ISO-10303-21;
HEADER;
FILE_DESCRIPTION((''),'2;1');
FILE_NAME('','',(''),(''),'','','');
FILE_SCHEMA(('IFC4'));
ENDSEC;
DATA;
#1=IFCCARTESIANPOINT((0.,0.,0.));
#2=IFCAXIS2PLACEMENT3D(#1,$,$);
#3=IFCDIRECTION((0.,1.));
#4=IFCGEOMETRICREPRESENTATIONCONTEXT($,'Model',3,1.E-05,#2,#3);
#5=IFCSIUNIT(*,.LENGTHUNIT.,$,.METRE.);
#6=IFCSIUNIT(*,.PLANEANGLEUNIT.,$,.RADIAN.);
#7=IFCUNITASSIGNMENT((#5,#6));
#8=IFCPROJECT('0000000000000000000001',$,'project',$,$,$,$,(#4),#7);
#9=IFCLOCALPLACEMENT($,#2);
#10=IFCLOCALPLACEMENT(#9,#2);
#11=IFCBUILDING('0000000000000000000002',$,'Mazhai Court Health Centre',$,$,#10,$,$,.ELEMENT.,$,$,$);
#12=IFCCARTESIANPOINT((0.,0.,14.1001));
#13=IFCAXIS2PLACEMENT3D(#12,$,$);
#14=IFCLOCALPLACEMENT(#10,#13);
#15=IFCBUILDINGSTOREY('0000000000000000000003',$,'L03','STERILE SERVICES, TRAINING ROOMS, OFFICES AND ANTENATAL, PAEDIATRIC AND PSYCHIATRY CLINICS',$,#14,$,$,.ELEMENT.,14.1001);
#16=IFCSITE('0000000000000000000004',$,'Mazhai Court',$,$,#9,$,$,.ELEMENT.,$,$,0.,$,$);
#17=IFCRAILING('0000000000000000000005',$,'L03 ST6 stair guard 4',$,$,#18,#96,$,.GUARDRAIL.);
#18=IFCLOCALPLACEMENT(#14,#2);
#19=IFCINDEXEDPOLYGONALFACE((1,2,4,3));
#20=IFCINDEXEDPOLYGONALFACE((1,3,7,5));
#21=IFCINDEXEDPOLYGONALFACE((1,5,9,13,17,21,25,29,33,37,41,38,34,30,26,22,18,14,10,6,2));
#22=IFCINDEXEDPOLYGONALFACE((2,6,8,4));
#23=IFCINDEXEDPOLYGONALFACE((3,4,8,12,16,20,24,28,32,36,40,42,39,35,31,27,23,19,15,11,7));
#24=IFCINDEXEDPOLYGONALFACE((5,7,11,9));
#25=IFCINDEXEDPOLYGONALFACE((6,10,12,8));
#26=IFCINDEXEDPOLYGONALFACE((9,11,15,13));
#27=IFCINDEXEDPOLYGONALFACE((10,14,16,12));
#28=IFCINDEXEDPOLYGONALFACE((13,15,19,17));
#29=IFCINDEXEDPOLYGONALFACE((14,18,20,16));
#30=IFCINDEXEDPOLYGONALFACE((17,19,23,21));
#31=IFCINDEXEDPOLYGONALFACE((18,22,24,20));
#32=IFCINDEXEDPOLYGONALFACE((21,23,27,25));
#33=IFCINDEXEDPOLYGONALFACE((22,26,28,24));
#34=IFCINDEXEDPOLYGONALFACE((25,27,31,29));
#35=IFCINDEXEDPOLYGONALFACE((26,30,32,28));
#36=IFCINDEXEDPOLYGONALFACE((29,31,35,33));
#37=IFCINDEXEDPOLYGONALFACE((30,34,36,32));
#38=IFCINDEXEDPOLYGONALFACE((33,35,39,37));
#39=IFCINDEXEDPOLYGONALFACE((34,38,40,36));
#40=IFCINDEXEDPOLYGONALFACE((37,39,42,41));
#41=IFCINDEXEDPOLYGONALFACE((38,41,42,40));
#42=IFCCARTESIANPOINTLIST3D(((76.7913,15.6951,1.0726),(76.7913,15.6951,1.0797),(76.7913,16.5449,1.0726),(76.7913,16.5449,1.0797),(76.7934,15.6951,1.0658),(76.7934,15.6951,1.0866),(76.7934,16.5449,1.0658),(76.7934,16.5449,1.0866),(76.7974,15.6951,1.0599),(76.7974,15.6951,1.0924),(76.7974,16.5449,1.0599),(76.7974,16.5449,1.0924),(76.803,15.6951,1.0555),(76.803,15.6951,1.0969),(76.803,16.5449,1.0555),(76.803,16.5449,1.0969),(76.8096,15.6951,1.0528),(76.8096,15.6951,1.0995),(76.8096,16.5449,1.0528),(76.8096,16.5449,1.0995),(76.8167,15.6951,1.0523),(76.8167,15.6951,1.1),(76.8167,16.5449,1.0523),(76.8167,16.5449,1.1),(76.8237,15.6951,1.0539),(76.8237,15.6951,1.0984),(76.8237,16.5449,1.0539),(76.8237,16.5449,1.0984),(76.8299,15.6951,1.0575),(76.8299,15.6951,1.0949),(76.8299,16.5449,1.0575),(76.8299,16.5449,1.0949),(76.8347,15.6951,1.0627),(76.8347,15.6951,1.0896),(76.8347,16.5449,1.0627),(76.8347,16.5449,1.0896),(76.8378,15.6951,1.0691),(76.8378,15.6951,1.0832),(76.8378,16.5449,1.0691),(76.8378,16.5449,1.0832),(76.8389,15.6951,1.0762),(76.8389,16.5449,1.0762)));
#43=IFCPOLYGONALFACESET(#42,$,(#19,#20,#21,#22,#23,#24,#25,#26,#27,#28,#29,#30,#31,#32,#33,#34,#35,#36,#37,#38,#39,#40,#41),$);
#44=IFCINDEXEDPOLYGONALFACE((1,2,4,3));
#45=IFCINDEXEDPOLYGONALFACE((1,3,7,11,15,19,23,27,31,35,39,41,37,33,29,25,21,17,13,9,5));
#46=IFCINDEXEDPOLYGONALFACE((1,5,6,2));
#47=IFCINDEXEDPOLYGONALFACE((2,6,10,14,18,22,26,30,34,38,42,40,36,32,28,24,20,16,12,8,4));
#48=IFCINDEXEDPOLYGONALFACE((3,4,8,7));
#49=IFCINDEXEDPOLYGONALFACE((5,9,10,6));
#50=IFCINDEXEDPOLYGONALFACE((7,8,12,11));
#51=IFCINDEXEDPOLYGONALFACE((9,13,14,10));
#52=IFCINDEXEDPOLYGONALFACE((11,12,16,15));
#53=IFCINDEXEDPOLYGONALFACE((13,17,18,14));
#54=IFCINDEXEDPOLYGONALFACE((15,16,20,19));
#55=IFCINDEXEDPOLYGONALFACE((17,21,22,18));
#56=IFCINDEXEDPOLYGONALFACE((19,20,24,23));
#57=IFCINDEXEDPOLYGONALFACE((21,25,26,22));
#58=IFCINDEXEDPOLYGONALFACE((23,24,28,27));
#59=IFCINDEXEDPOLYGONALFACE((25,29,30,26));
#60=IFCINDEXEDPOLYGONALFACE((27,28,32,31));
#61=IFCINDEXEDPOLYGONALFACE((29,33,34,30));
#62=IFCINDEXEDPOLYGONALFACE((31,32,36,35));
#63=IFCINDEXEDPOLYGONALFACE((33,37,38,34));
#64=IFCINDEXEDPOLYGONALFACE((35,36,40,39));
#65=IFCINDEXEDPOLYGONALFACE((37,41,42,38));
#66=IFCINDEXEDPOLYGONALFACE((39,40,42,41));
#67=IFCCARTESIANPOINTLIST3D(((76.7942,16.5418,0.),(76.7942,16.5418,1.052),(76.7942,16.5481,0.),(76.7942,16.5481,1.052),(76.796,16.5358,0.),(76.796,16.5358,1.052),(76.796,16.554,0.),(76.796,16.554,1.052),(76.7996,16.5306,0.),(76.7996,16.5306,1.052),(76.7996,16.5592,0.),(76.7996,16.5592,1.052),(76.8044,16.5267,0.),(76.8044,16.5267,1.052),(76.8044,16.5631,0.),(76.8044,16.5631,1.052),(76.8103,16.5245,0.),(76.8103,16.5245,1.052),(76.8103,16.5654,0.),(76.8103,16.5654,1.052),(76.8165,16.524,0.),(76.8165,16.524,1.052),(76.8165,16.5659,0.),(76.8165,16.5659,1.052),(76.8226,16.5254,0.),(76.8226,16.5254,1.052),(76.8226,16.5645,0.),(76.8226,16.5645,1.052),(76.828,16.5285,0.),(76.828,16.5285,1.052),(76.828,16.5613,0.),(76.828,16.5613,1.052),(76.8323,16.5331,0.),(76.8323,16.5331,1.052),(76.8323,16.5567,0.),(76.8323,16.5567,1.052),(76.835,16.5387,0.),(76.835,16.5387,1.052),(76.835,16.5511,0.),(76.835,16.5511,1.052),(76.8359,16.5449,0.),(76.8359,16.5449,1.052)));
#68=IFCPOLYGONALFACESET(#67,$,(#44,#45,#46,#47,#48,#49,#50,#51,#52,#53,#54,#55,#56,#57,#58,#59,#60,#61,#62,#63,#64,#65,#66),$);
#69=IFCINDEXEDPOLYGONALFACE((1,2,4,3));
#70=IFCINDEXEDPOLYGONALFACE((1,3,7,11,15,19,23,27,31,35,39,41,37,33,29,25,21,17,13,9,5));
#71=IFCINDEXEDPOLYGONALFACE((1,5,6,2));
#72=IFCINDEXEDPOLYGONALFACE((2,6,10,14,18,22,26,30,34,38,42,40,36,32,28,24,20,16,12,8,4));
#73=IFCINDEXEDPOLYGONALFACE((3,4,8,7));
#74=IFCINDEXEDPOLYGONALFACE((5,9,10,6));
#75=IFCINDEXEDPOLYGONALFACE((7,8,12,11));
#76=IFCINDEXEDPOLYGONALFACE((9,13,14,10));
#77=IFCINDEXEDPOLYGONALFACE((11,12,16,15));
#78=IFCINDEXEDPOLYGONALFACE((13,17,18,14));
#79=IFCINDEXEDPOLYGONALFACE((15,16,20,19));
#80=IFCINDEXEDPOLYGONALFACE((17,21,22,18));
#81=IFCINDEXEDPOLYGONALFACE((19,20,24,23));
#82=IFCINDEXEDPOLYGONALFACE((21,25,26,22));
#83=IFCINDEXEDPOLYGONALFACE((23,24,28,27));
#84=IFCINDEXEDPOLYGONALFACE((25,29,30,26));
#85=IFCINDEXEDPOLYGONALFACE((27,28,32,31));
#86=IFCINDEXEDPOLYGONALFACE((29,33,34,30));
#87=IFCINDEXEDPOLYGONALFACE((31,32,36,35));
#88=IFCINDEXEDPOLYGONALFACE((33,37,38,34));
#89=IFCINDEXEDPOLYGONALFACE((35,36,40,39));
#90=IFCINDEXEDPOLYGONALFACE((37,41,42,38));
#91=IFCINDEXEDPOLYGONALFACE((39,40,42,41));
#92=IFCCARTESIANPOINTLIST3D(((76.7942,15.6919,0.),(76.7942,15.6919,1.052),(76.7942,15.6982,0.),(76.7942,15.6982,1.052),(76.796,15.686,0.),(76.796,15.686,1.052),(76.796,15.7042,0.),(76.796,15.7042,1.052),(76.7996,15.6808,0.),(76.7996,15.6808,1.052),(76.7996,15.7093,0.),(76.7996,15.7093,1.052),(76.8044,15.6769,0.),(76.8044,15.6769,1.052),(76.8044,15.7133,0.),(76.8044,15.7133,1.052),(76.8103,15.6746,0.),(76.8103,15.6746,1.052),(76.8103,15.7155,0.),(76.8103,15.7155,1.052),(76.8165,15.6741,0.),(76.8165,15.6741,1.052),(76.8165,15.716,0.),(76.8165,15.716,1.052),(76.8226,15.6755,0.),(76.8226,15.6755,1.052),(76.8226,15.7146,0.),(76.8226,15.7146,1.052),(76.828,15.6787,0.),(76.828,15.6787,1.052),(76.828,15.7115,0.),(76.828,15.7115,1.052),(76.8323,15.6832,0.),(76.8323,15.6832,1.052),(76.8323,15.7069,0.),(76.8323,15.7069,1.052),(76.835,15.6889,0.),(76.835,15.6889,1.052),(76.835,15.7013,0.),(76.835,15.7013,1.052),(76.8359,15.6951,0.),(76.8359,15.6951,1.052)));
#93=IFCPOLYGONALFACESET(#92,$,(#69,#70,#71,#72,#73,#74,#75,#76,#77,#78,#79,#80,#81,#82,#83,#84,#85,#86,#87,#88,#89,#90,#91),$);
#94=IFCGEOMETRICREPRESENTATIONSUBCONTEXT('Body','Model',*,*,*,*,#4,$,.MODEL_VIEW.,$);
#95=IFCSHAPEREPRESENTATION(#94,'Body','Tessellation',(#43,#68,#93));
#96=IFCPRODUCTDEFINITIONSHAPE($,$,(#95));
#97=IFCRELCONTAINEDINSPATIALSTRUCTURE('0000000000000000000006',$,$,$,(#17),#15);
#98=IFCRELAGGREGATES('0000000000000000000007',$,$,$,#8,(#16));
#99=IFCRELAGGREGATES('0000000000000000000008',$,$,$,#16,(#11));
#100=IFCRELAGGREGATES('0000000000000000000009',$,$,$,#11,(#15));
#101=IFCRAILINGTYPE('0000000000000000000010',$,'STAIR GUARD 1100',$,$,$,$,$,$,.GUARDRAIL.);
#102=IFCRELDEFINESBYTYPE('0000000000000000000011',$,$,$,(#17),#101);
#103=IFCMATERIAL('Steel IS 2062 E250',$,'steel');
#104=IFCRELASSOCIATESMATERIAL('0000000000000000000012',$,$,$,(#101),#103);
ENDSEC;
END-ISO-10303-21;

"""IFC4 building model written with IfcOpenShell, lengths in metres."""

from ifc_helpers import new_model, si_unit, direction, frame, origin, origin_2d, place, context, subcontext, project, spatial, circle, extrude, material, type_object, element, save


model = new_model("IFC4")

# Units and contexts
model_context = context("Model", 3, precision=1e-05, world=origin(), true_north=direction((0.0, 1.0)))
body_context = subcontext(model_context, "Body", "Model", "MODEL_VIEW")
ifc_project = project(units=[si_unit("LENGTHUNIT", "METRE"), si_unit("PLANEANGLEUNIT", "RADIAN")], contexts=[model_context])

# Site, building, storey
site_placement = place(None, origin())
site = spatial("IfcSite", under=ifc_project, at=site_placement, Name="Mazhai Court", CompositionType="ELEMENT", RefElevation=0.0)
building_placement = place(site_placement, origin())
building = spatial("IfcBuilding", under=site, at=building_placement, Name="Mazhai Court Health Centre", CompositionType="ELEMENT")
storey_placement = place(building_placement, frame((0.0, 0.0, 14.1001)))
storey = spatial("IfcBuildingStorey", under=building, at=storey_placement, Name="L03", Description="STERILE SERVICES, TRAINING ROOMS, OFFICES AND ANTENATAL, PAEDIATRIC AND PSYCHIATRY CLINICS", CompositionType="ELEMENT", Elevation=14.1001)

# Railing
ifc_material_1 = material(Name="Steel IS 2062 E250", Category="steel")
railing_type_1 = type_object("IfcRailingType", Name="STAIR GUARD 1100", PredefinedType="GUARDRAIL", material=ifc_material_1)
railing_1_placement = place(storey_placement, frame((76.8149, 16.5449, 0.0)))
element("IfcRailing", 1, at=railing_1_placement, inside=storey, type_object=railing_type_1, Name="L03 ST6 stair guard 4", PredefinedType="GUARDRAIL", context=body_context, shape_type="SweptSolid", body=[
    extrude(circle(Radius=0.0239, at=origin_2d()), frame((0.0, 0.0, 1.0762), z_axis=(0.0, -1.0, 0.0), x_axis=(1.0, 0.0, 0.0)), (0.0, 0.0, 1.0), 0.8499),
    extrude(circle(Radius=0.021, at=origin_2d()), origin(), (0.0, 0.0, 1.0), 1.052),
    extrude(circle(Radius=0.021, at=origin_2d()), frame((0.0, -0.8499, 0.0)), (0.0, 0.0, 1.0), 1.052),
])

save(model, "model.ifc")
